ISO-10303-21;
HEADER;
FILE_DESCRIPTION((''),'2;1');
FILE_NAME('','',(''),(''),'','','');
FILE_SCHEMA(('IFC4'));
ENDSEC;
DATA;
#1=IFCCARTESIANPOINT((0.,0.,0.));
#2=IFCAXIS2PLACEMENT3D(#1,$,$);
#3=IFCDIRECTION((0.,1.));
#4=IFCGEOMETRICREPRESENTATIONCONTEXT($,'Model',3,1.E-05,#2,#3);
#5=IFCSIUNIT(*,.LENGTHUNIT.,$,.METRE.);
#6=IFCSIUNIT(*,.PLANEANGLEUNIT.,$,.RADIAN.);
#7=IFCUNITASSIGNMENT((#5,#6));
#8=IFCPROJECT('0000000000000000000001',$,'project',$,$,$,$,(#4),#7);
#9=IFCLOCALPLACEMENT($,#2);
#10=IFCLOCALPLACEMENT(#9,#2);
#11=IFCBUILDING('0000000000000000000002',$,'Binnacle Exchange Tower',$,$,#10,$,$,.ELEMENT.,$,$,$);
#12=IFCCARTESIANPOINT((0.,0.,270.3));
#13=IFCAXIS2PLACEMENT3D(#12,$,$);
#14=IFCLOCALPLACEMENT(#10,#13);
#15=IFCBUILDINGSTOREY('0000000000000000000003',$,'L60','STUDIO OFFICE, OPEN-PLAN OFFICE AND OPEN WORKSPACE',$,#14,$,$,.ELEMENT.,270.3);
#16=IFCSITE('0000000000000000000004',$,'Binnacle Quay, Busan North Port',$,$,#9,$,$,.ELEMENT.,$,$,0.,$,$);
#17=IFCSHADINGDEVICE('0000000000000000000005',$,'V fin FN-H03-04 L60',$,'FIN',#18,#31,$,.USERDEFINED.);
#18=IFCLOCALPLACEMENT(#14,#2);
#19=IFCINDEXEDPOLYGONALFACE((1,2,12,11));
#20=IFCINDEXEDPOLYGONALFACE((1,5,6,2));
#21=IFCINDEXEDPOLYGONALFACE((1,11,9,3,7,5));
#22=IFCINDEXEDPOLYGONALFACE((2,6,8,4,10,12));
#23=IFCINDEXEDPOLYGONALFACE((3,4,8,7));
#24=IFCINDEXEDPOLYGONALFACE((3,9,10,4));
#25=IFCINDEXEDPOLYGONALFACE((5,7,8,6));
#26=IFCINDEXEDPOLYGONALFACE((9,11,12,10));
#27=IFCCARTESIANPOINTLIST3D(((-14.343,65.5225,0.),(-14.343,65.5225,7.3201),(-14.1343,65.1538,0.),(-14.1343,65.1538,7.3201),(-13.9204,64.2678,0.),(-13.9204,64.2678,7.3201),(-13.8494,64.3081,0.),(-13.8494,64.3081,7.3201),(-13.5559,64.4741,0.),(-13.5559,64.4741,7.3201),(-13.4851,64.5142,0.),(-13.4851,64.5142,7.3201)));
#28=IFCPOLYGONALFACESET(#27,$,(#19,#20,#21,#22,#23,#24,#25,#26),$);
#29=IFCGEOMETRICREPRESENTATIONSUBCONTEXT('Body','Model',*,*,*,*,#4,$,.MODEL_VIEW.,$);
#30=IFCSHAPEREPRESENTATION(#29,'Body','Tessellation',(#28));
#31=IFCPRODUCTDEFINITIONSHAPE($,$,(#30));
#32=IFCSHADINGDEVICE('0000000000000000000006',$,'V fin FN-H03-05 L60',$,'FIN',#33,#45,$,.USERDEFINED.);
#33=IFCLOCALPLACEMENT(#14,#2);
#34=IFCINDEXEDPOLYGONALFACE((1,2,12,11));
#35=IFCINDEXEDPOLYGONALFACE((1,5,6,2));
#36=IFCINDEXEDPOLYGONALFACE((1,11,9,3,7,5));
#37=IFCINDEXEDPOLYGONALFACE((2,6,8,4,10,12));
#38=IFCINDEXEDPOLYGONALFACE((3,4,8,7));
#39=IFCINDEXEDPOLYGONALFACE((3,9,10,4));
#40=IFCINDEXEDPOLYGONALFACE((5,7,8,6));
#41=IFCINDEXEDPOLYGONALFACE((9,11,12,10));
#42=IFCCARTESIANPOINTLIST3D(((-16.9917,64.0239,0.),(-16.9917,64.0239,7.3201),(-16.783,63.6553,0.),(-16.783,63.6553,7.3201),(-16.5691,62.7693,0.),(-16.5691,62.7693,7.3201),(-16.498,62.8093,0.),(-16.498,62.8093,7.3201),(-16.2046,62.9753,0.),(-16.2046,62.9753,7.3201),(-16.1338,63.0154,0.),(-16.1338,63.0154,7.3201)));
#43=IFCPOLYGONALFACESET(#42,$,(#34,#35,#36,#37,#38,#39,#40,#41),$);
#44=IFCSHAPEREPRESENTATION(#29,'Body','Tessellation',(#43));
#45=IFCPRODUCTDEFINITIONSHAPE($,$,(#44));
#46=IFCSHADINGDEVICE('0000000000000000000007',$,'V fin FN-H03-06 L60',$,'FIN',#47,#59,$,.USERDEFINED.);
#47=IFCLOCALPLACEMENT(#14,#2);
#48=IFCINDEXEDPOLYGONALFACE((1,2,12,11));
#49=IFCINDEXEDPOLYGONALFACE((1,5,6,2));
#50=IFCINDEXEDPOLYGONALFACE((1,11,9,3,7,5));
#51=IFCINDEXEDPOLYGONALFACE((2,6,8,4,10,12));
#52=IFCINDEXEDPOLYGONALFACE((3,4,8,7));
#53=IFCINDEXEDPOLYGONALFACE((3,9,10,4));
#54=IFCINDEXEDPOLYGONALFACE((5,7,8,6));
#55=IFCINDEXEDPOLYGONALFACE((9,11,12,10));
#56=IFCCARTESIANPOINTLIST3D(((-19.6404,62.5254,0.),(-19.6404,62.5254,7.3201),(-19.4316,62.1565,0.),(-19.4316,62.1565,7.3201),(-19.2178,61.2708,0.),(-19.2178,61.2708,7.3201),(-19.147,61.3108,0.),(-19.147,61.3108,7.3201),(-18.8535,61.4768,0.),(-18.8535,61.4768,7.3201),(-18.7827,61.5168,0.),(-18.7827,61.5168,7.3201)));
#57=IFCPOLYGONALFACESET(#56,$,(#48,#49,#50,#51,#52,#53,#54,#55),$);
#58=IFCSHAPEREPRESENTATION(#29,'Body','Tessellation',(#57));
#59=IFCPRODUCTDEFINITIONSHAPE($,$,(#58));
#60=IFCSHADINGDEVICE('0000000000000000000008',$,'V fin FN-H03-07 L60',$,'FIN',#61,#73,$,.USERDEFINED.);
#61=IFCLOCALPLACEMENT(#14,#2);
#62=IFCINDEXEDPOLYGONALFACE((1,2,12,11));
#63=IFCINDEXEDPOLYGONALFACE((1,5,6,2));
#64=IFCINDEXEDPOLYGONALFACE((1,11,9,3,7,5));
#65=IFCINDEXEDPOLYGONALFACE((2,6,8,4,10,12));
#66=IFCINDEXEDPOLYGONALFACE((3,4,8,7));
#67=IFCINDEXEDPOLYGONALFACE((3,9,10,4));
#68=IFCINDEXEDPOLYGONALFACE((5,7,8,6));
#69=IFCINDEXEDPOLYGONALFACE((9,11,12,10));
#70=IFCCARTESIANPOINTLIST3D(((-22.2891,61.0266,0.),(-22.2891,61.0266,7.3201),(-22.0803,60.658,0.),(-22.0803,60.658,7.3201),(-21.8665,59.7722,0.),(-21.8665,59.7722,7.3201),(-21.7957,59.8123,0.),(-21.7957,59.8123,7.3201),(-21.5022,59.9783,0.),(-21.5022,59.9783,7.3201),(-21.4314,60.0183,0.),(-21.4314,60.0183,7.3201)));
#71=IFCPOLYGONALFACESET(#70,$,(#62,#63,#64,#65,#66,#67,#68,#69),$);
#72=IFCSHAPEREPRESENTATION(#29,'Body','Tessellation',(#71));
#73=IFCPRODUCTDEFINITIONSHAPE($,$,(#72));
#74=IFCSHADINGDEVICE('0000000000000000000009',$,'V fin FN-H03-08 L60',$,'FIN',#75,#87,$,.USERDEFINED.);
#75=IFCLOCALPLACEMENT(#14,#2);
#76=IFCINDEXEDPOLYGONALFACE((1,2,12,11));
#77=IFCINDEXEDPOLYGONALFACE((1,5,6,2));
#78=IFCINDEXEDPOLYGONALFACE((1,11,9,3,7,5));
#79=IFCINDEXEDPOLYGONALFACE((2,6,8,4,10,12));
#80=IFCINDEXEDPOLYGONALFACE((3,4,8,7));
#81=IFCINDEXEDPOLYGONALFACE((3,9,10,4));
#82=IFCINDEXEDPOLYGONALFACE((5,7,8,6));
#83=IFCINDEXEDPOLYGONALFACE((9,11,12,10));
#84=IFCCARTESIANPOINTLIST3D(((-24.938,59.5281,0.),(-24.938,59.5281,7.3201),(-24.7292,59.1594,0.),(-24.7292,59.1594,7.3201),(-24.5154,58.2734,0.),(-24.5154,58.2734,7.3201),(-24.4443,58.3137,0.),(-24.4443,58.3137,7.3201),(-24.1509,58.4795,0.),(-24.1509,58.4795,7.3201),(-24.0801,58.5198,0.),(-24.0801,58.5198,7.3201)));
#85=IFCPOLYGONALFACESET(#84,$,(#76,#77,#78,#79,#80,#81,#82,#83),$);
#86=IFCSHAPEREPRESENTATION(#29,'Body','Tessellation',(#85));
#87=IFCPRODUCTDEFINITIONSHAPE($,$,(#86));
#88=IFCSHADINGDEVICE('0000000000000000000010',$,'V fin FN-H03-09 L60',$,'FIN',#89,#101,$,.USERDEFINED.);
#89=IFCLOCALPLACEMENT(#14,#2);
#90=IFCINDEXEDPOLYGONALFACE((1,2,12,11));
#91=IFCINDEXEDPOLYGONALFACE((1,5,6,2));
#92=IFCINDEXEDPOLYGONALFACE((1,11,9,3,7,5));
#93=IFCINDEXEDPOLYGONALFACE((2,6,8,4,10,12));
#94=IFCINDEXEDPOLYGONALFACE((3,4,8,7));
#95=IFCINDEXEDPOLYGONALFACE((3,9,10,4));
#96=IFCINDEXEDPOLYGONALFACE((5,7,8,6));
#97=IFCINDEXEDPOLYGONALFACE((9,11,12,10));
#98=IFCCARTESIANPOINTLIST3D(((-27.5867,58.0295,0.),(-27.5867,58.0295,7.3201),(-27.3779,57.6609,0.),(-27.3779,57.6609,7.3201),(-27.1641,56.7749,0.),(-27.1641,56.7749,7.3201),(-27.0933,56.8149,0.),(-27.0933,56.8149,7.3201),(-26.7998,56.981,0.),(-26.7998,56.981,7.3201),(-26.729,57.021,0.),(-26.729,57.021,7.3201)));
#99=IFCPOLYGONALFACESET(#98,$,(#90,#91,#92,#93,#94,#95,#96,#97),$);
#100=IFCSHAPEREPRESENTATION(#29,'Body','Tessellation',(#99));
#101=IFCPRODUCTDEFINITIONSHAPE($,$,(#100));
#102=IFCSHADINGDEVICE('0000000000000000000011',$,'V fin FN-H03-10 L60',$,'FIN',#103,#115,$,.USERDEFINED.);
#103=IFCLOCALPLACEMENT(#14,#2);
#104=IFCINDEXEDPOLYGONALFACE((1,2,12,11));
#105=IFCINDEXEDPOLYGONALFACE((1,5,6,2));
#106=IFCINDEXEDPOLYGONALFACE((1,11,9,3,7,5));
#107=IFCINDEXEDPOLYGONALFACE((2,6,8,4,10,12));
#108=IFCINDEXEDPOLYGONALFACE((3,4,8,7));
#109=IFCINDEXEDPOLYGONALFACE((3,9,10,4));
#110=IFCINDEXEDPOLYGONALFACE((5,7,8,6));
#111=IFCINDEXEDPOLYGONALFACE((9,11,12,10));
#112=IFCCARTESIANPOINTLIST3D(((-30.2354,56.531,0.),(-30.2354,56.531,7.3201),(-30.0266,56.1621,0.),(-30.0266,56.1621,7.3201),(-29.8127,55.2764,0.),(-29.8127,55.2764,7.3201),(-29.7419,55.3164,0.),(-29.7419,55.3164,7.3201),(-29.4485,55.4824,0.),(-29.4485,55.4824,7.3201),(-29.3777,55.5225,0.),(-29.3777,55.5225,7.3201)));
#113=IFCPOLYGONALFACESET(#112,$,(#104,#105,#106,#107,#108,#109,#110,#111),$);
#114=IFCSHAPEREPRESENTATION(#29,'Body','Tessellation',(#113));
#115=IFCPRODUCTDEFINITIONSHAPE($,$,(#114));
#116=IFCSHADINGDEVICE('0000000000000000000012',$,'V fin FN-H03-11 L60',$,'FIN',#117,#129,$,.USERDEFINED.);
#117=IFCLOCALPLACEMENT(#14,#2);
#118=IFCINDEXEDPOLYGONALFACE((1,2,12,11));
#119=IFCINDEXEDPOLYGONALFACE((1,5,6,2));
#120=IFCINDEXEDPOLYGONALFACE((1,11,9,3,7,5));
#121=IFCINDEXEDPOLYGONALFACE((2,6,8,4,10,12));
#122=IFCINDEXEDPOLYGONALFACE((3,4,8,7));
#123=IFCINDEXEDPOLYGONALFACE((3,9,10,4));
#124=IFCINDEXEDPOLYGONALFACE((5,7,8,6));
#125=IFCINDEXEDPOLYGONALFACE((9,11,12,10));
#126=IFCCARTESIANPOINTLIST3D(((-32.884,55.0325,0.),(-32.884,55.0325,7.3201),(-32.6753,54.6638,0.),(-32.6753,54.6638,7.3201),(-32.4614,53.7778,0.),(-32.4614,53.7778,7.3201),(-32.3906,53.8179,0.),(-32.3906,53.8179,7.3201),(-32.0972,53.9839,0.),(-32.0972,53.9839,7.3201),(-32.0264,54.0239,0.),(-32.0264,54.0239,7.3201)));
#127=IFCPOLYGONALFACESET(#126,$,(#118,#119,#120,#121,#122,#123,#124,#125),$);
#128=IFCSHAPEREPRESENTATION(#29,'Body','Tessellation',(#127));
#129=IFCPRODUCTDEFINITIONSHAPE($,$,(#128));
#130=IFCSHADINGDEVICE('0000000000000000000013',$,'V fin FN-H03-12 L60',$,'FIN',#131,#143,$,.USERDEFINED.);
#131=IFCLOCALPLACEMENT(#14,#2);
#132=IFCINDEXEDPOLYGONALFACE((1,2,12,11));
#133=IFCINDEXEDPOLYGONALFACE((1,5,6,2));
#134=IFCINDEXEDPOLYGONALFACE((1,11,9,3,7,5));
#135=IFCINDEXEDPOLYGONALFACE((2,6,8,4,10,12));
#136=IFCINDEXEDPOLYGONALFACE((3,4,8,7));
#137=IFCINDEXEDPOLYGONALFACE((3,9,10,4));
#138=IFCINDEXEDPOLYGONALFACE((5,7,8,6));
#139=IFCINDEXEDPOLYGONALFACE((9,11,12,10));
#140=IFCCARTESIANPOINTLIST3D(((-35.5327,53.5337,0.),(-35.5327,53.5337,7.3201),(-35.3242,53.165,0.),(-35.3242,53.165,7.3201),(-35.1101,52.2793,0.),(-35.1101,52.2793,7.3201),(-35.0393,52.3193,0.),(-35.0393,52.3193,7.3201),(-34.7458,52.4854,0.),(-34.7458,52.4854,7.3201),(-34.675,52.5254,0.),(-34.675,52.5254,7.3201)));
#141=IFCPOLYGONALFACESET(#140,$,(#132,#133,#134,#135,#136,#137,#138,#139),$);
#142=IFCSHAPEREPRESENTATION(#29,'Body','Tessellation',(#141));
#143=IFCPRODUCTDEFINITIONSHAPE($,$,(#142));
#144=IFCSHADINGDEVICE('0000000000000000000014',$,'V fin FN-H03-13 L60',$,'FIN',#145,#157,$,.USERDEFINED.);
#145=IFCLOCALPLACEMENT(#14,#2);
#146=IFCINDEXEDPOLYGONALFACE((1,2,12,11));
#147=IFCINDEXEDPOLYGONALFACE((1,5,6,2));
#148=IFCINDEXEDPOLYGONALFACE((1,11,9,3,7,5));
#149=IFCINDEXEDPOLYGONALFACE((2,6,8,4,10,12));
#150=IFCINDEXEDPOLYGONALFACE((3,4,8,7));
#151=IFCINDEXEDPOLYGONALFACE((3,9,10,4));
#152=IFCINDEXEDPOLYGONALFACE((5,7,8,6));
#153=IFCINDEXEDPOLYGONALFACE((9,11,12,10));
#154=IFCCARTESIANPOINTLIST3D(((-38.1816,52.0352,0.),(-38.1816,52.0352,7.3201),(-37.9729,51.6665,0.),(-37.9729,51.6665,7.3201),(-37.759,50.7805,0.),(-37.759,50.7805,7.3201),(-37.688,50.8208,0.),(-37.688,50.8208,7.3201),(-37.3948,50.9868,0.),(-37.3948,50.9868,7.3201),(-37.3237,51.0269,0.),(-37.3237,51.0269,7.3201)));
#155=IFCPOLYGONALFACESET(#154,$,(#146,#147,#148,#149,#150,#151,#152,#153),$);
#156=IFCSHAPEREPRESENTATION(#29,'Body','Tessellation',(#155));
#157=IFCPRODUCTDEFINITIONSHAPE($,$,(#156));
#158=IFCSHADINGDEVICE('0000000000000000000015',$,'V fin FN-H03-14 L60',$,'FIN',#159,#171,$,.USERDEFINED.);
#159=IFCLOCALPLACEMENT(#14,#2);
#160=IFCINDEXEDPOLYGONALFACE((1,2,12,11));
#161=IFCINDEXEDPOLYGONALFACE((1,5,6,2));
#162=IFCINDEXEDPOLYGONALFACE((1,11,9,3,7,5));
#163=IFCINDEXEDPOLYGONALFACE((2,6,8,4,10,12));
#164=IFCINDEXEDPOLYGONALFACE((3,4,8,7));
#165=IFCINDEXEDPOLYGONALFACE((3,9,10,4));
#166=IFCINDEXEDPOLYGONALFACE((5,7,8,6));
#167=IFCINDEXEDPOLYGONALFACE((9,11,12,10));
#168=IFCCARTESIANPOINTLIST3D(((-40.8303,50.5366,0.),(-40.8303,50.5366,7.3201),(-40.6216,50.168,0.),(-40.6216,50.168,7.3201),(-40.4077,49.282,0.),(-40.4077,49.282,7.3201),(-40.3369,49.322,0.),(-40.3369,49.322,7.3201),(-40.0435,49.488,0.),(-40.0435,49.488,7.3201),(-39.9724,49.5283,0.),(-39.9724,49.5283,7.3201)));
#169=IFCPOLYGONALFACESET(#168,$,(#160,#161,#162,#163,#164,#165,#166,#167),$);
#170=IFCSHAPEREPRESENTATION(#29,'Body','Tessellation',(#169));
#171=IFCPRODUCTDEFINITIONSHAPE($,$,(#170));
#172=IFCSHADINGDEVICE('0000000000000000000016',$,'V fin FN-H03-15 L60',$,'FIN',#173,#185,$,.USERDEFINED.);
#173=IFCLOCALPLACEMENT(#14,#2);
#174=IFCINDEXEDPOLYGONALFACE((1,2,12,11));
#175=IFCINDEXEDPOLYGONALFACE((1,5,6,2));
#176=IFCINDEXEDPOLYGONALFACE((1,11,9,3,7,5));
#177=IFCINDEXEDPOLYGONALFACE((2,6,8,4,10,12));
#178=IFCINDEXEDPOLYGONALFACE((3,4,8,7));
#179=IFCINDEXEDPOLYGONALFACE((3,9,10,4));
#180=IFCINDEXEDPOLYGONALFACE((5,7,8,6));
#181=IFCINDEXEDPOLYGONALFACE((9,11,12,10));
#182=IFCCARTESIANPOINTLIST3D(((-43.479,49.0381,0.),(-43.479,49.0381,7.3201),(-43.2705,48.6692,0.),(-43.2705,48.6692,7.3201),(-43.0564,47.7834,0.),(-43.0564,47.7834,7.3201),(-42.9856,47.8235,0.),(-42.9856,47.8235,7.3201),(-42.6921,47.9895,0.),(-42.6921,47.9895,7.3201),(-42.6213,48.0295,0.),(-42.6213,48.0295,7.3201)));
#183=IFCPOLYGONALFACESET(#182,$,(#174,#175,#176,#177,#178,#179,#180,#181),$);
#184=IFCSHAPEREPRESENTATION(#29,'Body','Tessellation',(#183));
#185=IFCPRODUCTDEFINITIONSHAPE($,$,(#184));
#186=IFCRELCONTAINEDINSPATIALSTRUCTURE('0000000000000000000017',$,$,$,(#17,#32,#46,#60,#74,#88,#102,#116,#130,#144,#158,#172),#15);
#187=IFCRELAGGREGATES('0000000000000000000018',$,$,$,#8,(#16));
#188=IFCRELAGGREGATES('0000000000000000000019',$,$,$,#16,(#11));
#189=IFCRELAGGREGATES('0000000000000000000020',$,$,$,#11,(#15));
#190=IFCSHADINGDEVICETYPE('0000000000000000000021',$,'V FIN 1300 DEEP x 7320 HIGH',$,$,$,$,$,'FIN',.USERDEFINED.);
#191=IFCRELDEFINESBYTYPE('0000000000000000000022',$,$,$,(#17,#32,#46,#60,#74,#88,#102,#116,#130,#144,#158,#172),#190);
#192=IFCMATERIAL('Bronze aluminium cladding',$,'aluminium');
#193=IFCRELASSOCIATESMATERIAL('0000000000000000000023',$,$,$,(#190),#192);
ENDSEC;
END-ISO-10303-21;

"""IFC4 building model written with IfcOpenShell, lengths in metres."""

from ifc_helpers import new_model, si_unit, direction, frame, origin, place, context, subcontext, project, spatial, polyline, outline, extrude, material, type_object, element, save


model = new_model("IFC4")

# Units and contexts
model_context = context("Model", 3, precision=1e-05, world=origin(), true_north=direction((0.0, 1.0)))
body_context = subcontext(model_context, "Body", "Model", "MODEL_VIEW")
ifc_project = project(units=[si_unit("LENGTHUNIT", "METRE"), si_unit("PLANEANGLEUNIT", "RADIAN")], contexts=[model_context])

# Site, building, storey
site_placement = place(None, origin())
site = spatial("IfcSite", under=ifc_project, at=site_placement, Name="Binnacle Quay, Busan North Port", CompositionType="ELEMENT", RefElevation=0.0)
building_placement = place(site_placement, origin())
building = spatial("IfcBuilding", under=site, at=building_placement, Name="Binnacle Exchange Tower", CompositionType="ELEMENT")
storey_placement = place(building_placement, frame((0.0, 0.0, 270.3)))
storey = spatial("IfcBuildingStorey", under=building, at=storey_placement, Name="L60", Description="STUDIO OFFICE, OPEN-PLAN OFFICE AND OPEN WORKSPACE", CompositionType="ELEMENT", Elevation=270.3)

# Shading devices
ifc_material_1 = material(Name="Bronze aluminium cladding", Category="aluminium")
shading_device_type = type_object("IfcShadingDeviceType", Name="V FIN 1300 DEEP x 7320 HIGH", ElementType="FIN", PredefinedType="USERDEFINED", material=ifc_material_1)
shading_device_1_placement = place(storey_placement, origin())
element("IfcShadingDevice", 1, at=shading_device_1_placement, inside=storey, type_object=shading_device_type, Name="V fin FN-H03-04 L60", ObjectType="FIN", PredefinedType="USERDEFINED", context=body_context, shape_type="SweptSolid", body=[
    extrude(outline(polyline([(-13.4851, 64.5142), (-14.343, 65.5225), (-13.9204, 64.2678), (-13.8494, 64.3081), (-14.1343, 65.1538), (-13.5559, 64.4741), (-13.4851, 64.5142)])), origin(), (0.0, 0.0, 1.0), 7.3201),
])
shading_device_2_placement = place(storey_placement, origin())
element("IfcShadingDevice", 2, at=shading_device_2_placement, inside=storey, type_object=shading_device_type, Name="V fin FN-H03-05 L60", ObjectType="FIN", PredefinedType="USERDEFINED", context=body_context, shape_type="SweptSolid", body=[
    extrude(outline(polyline([(-16.1338, 63.0154), (-16.9917, 64.0239), (-16.5691, 62.7693), (-16.498, 62.8093), (-16.783, 63.6553), (-16.2046, 62.9753), (-16.1338, 63.0154)])), origin(), (0.0, 0.0, 1.0), 7.3201),
])
shading_device_3_placement = place(storey_placement, origin())
element("IfcShadingDevice", 3, at=shading_device_3_placement, inside=storey, type_object=shading_device_type, Name="V fin FN-H03-06 L60", ObjectType="FIN", PredefinedType="USERDEFINED", context=body_context, shape_type="SweptSolid", body=[
    extrude(outline(polyline([(-18.7827, 61.5168), (-19.6404, 62.5254), (-19.2178, 61.2708), (-19.147, 61.3108), (-19.4316, 62.1565), (-18.8535, 61.4768), (-18.7827, 61.5168)])), origin(), (0.0, 0.0, 1.0), 7.3201),
])
shading_device_4_placement = place(storey_placement, origin())
element("IfcShadingDevice", 4, at=shading_device_4_placement, inside=storey, type_object=shading_device_type, Name="V fin FN-H03-07 L60", ObjectType="FIN", PredefinedType="USERDEFINED", context=body_context, shape_type="SweptSolid", body=[
    extrude(outline(polyline([(-21.4314, 60.0183), (-22.2891, 61.0266), (-21.8665, 59.7722), (-21.7957, 59.8123), (-22.0803, 60.658), (-21.5022, 59.9783), (-21.4314, 60.0183)])), origin(), (0.0, 0.0, 1.0), 7.3201),
])
shading_device_5_placement = place(storey_placement, origin())
element("IfcShadingDevice", 5, at=shading_device_5_placement, inside=storey, type_object=shading_device_type, Name="V fin FN-H03-08 L60", ObjectType="FIN", PredefinedType="USERDEFINED", context=body_context, shape_type="SweptSolid", body=[
    extrude(outline(polyline([(-24.0801, 58.5198), (-24.938, 59.5281), (-24.5154, 58.2734), (-24.4443, 58.3137), (-24.7292, 59.1594), (-24.1509, 58.4795), (-24.0801, 58.5198)])), origin(), (0.0, 0.0, 1.0), 7.3201),
])
shading_device_6_placement = place(storey_placement, origin())
element("IfcShadingDevice", 6, at=shading_device_6_placement, inside=storey, type_object=shading_device_type, Name="V fin FN-H03-09 L60", ObjectType="FIN", PredefinedType="USERDEFINED", context=body_context, shape_type="SweptSolid", body=[
    extrude(outline(polyline([(-26.729, 57.021), (-27.5867, 58.0295), (-27.1641, 56.7749), (-27.0933, 56.8149), (-27.3779, 57.6609), (-26.7998, 56.981), (-26.729, 57.021)])), origin(), (0.0, 0.0, 1.0), 7.3201),
])
shading_device_7_placement = place(storey_placement, origin())
element("IfcShadingDevice", 7, at=shading_device_7_placement, inside=storey, type_object=shading_device_type, Name="V fin FN-H03-10 L60", ObjectType="FIN", PredefinedType="USERDEFINED", context=body_context, shape_type="SweptSolid", body=[
    extrude(outline(polyline([(-29.3777, 55.5225), (-30.2354, 56.531), (-29.8127, 55.2764), (-29.7419, 55.3164), (-30.0266, 56.1621), (-29.4485, 55.4824), (-29.3777, 55.5225)])), origin(), (0.0, 0.0, 1.0), 7.3201),
])
shading_device_8_placement = place(storey_placement, origin())
element("IfcShadingDevice", 8, at=shading_device_8_placement, inside=storey, type_object=shading_device_type, Name="V fin FN-H03-11 L60", ObjectType="FIN", PredefinedType="USERDEFINED", context=body_context, shape_type="SweptSolid", body=[
    extrude(outline(polyline([(-32.0264, 54.0239), (-32.884, 55.0325), (-32.4614, 53.7778), (-32.3906, 53.8179), (-32.6753, 54.6638), (-32.0972, 53.9839), (-32.0264, 54.0239)])), origin(), (0.0, 0.0, 1.0), 7.3201),
])
shading_device_9_placement = place(storey_placement, origin())
element("IfcShadingDevice", 9, at=shading_device_9_placement, inside=storey, type_object=shading_device_type, Name="V fin FN-H03-12 L60", ObjectType="FIN", PredefinedType="USERDEFINED", context=body_context, shape_type="SweptSolid", body=[
    extrude(outline(polyline([(-34.675, 52.5254), (-35.5327, 53.5337), (-35.1101, 52.2793), (-35.0393, 52.3193), (-35.3242, 53.165), (-34.7458, 52.4854), (-34.675, 52.5254)])), origin(), (0.0, 0.0, 1.0), 7.3201),
])
shading_device_10_placement = place(storey_placement, origin())
element("IfcShadingDevice", 10, at=shading_device_10_placement, inside=storey, type_object=shading_device_type, Name="V fin FN-H03-13 L60", ObjectType="FIN", PredefinedType="USERDEFINED", context=body_context, shape_type="SweptSolid", body=[
    extrude(outline(polyline([(-37.3237, 51.0269), (-38.1816, 52.0352), (-37.759, 50.7805), (-37.688, 50.8208), (-37.9729, 51.6665), (-37.3948, 50.9868), (-37.3237, 51.0269)])), origin(), (0.0, 0.0, 1.0), 7.3201),
])
shading_device_11_placement = place(storey_placement, origin())
element("IfcShadingDevice", 11, at=shading_device_11_placement, inside=storey, type_object=shading_device_type, Name="V fin FN-H03-14 L60", ObjectType="FIN", PredefinedType="USERDEFINED", context=body_context, shape_type="SweptSolid", body=[
    extrude(outline(polyline([(-39.9724, 49.5283), (-40.8303, 50.5366), (-40.4077, 49.282), (-40.3369, 49.322), (-40.6216, 50.168), (-40.0435, 49.488), (-39.9724, 49.5283)])), origin(), (0.0, 0.0, 1.0), 7.3201),
])
shading_device_12_placement = place(storey_placement, origin())
element("IfcShadingDevice", 12, at=shading_device_12_placement, inside=storey, type_object=shading_device_type, Name="V fin FN-H03-15 L60", ObjectType="FIN", PredefinedType="USERDEFINED", context=body_context, shape_type="SweptSolid", body=[
    extrude(outline(polyline([(-42.6213, 48.0295), (-43.479, 49.0381), (-43.0564, 47.7834), (-42.9856, 47.8235), (-43.2705, 48.6692), (-42.6921, 47.9895), (-42.6213, 48.0295)])), origin(), (0.0, 0.0, 1.0), 7.3201),
])

save(model, "model.ifc")
